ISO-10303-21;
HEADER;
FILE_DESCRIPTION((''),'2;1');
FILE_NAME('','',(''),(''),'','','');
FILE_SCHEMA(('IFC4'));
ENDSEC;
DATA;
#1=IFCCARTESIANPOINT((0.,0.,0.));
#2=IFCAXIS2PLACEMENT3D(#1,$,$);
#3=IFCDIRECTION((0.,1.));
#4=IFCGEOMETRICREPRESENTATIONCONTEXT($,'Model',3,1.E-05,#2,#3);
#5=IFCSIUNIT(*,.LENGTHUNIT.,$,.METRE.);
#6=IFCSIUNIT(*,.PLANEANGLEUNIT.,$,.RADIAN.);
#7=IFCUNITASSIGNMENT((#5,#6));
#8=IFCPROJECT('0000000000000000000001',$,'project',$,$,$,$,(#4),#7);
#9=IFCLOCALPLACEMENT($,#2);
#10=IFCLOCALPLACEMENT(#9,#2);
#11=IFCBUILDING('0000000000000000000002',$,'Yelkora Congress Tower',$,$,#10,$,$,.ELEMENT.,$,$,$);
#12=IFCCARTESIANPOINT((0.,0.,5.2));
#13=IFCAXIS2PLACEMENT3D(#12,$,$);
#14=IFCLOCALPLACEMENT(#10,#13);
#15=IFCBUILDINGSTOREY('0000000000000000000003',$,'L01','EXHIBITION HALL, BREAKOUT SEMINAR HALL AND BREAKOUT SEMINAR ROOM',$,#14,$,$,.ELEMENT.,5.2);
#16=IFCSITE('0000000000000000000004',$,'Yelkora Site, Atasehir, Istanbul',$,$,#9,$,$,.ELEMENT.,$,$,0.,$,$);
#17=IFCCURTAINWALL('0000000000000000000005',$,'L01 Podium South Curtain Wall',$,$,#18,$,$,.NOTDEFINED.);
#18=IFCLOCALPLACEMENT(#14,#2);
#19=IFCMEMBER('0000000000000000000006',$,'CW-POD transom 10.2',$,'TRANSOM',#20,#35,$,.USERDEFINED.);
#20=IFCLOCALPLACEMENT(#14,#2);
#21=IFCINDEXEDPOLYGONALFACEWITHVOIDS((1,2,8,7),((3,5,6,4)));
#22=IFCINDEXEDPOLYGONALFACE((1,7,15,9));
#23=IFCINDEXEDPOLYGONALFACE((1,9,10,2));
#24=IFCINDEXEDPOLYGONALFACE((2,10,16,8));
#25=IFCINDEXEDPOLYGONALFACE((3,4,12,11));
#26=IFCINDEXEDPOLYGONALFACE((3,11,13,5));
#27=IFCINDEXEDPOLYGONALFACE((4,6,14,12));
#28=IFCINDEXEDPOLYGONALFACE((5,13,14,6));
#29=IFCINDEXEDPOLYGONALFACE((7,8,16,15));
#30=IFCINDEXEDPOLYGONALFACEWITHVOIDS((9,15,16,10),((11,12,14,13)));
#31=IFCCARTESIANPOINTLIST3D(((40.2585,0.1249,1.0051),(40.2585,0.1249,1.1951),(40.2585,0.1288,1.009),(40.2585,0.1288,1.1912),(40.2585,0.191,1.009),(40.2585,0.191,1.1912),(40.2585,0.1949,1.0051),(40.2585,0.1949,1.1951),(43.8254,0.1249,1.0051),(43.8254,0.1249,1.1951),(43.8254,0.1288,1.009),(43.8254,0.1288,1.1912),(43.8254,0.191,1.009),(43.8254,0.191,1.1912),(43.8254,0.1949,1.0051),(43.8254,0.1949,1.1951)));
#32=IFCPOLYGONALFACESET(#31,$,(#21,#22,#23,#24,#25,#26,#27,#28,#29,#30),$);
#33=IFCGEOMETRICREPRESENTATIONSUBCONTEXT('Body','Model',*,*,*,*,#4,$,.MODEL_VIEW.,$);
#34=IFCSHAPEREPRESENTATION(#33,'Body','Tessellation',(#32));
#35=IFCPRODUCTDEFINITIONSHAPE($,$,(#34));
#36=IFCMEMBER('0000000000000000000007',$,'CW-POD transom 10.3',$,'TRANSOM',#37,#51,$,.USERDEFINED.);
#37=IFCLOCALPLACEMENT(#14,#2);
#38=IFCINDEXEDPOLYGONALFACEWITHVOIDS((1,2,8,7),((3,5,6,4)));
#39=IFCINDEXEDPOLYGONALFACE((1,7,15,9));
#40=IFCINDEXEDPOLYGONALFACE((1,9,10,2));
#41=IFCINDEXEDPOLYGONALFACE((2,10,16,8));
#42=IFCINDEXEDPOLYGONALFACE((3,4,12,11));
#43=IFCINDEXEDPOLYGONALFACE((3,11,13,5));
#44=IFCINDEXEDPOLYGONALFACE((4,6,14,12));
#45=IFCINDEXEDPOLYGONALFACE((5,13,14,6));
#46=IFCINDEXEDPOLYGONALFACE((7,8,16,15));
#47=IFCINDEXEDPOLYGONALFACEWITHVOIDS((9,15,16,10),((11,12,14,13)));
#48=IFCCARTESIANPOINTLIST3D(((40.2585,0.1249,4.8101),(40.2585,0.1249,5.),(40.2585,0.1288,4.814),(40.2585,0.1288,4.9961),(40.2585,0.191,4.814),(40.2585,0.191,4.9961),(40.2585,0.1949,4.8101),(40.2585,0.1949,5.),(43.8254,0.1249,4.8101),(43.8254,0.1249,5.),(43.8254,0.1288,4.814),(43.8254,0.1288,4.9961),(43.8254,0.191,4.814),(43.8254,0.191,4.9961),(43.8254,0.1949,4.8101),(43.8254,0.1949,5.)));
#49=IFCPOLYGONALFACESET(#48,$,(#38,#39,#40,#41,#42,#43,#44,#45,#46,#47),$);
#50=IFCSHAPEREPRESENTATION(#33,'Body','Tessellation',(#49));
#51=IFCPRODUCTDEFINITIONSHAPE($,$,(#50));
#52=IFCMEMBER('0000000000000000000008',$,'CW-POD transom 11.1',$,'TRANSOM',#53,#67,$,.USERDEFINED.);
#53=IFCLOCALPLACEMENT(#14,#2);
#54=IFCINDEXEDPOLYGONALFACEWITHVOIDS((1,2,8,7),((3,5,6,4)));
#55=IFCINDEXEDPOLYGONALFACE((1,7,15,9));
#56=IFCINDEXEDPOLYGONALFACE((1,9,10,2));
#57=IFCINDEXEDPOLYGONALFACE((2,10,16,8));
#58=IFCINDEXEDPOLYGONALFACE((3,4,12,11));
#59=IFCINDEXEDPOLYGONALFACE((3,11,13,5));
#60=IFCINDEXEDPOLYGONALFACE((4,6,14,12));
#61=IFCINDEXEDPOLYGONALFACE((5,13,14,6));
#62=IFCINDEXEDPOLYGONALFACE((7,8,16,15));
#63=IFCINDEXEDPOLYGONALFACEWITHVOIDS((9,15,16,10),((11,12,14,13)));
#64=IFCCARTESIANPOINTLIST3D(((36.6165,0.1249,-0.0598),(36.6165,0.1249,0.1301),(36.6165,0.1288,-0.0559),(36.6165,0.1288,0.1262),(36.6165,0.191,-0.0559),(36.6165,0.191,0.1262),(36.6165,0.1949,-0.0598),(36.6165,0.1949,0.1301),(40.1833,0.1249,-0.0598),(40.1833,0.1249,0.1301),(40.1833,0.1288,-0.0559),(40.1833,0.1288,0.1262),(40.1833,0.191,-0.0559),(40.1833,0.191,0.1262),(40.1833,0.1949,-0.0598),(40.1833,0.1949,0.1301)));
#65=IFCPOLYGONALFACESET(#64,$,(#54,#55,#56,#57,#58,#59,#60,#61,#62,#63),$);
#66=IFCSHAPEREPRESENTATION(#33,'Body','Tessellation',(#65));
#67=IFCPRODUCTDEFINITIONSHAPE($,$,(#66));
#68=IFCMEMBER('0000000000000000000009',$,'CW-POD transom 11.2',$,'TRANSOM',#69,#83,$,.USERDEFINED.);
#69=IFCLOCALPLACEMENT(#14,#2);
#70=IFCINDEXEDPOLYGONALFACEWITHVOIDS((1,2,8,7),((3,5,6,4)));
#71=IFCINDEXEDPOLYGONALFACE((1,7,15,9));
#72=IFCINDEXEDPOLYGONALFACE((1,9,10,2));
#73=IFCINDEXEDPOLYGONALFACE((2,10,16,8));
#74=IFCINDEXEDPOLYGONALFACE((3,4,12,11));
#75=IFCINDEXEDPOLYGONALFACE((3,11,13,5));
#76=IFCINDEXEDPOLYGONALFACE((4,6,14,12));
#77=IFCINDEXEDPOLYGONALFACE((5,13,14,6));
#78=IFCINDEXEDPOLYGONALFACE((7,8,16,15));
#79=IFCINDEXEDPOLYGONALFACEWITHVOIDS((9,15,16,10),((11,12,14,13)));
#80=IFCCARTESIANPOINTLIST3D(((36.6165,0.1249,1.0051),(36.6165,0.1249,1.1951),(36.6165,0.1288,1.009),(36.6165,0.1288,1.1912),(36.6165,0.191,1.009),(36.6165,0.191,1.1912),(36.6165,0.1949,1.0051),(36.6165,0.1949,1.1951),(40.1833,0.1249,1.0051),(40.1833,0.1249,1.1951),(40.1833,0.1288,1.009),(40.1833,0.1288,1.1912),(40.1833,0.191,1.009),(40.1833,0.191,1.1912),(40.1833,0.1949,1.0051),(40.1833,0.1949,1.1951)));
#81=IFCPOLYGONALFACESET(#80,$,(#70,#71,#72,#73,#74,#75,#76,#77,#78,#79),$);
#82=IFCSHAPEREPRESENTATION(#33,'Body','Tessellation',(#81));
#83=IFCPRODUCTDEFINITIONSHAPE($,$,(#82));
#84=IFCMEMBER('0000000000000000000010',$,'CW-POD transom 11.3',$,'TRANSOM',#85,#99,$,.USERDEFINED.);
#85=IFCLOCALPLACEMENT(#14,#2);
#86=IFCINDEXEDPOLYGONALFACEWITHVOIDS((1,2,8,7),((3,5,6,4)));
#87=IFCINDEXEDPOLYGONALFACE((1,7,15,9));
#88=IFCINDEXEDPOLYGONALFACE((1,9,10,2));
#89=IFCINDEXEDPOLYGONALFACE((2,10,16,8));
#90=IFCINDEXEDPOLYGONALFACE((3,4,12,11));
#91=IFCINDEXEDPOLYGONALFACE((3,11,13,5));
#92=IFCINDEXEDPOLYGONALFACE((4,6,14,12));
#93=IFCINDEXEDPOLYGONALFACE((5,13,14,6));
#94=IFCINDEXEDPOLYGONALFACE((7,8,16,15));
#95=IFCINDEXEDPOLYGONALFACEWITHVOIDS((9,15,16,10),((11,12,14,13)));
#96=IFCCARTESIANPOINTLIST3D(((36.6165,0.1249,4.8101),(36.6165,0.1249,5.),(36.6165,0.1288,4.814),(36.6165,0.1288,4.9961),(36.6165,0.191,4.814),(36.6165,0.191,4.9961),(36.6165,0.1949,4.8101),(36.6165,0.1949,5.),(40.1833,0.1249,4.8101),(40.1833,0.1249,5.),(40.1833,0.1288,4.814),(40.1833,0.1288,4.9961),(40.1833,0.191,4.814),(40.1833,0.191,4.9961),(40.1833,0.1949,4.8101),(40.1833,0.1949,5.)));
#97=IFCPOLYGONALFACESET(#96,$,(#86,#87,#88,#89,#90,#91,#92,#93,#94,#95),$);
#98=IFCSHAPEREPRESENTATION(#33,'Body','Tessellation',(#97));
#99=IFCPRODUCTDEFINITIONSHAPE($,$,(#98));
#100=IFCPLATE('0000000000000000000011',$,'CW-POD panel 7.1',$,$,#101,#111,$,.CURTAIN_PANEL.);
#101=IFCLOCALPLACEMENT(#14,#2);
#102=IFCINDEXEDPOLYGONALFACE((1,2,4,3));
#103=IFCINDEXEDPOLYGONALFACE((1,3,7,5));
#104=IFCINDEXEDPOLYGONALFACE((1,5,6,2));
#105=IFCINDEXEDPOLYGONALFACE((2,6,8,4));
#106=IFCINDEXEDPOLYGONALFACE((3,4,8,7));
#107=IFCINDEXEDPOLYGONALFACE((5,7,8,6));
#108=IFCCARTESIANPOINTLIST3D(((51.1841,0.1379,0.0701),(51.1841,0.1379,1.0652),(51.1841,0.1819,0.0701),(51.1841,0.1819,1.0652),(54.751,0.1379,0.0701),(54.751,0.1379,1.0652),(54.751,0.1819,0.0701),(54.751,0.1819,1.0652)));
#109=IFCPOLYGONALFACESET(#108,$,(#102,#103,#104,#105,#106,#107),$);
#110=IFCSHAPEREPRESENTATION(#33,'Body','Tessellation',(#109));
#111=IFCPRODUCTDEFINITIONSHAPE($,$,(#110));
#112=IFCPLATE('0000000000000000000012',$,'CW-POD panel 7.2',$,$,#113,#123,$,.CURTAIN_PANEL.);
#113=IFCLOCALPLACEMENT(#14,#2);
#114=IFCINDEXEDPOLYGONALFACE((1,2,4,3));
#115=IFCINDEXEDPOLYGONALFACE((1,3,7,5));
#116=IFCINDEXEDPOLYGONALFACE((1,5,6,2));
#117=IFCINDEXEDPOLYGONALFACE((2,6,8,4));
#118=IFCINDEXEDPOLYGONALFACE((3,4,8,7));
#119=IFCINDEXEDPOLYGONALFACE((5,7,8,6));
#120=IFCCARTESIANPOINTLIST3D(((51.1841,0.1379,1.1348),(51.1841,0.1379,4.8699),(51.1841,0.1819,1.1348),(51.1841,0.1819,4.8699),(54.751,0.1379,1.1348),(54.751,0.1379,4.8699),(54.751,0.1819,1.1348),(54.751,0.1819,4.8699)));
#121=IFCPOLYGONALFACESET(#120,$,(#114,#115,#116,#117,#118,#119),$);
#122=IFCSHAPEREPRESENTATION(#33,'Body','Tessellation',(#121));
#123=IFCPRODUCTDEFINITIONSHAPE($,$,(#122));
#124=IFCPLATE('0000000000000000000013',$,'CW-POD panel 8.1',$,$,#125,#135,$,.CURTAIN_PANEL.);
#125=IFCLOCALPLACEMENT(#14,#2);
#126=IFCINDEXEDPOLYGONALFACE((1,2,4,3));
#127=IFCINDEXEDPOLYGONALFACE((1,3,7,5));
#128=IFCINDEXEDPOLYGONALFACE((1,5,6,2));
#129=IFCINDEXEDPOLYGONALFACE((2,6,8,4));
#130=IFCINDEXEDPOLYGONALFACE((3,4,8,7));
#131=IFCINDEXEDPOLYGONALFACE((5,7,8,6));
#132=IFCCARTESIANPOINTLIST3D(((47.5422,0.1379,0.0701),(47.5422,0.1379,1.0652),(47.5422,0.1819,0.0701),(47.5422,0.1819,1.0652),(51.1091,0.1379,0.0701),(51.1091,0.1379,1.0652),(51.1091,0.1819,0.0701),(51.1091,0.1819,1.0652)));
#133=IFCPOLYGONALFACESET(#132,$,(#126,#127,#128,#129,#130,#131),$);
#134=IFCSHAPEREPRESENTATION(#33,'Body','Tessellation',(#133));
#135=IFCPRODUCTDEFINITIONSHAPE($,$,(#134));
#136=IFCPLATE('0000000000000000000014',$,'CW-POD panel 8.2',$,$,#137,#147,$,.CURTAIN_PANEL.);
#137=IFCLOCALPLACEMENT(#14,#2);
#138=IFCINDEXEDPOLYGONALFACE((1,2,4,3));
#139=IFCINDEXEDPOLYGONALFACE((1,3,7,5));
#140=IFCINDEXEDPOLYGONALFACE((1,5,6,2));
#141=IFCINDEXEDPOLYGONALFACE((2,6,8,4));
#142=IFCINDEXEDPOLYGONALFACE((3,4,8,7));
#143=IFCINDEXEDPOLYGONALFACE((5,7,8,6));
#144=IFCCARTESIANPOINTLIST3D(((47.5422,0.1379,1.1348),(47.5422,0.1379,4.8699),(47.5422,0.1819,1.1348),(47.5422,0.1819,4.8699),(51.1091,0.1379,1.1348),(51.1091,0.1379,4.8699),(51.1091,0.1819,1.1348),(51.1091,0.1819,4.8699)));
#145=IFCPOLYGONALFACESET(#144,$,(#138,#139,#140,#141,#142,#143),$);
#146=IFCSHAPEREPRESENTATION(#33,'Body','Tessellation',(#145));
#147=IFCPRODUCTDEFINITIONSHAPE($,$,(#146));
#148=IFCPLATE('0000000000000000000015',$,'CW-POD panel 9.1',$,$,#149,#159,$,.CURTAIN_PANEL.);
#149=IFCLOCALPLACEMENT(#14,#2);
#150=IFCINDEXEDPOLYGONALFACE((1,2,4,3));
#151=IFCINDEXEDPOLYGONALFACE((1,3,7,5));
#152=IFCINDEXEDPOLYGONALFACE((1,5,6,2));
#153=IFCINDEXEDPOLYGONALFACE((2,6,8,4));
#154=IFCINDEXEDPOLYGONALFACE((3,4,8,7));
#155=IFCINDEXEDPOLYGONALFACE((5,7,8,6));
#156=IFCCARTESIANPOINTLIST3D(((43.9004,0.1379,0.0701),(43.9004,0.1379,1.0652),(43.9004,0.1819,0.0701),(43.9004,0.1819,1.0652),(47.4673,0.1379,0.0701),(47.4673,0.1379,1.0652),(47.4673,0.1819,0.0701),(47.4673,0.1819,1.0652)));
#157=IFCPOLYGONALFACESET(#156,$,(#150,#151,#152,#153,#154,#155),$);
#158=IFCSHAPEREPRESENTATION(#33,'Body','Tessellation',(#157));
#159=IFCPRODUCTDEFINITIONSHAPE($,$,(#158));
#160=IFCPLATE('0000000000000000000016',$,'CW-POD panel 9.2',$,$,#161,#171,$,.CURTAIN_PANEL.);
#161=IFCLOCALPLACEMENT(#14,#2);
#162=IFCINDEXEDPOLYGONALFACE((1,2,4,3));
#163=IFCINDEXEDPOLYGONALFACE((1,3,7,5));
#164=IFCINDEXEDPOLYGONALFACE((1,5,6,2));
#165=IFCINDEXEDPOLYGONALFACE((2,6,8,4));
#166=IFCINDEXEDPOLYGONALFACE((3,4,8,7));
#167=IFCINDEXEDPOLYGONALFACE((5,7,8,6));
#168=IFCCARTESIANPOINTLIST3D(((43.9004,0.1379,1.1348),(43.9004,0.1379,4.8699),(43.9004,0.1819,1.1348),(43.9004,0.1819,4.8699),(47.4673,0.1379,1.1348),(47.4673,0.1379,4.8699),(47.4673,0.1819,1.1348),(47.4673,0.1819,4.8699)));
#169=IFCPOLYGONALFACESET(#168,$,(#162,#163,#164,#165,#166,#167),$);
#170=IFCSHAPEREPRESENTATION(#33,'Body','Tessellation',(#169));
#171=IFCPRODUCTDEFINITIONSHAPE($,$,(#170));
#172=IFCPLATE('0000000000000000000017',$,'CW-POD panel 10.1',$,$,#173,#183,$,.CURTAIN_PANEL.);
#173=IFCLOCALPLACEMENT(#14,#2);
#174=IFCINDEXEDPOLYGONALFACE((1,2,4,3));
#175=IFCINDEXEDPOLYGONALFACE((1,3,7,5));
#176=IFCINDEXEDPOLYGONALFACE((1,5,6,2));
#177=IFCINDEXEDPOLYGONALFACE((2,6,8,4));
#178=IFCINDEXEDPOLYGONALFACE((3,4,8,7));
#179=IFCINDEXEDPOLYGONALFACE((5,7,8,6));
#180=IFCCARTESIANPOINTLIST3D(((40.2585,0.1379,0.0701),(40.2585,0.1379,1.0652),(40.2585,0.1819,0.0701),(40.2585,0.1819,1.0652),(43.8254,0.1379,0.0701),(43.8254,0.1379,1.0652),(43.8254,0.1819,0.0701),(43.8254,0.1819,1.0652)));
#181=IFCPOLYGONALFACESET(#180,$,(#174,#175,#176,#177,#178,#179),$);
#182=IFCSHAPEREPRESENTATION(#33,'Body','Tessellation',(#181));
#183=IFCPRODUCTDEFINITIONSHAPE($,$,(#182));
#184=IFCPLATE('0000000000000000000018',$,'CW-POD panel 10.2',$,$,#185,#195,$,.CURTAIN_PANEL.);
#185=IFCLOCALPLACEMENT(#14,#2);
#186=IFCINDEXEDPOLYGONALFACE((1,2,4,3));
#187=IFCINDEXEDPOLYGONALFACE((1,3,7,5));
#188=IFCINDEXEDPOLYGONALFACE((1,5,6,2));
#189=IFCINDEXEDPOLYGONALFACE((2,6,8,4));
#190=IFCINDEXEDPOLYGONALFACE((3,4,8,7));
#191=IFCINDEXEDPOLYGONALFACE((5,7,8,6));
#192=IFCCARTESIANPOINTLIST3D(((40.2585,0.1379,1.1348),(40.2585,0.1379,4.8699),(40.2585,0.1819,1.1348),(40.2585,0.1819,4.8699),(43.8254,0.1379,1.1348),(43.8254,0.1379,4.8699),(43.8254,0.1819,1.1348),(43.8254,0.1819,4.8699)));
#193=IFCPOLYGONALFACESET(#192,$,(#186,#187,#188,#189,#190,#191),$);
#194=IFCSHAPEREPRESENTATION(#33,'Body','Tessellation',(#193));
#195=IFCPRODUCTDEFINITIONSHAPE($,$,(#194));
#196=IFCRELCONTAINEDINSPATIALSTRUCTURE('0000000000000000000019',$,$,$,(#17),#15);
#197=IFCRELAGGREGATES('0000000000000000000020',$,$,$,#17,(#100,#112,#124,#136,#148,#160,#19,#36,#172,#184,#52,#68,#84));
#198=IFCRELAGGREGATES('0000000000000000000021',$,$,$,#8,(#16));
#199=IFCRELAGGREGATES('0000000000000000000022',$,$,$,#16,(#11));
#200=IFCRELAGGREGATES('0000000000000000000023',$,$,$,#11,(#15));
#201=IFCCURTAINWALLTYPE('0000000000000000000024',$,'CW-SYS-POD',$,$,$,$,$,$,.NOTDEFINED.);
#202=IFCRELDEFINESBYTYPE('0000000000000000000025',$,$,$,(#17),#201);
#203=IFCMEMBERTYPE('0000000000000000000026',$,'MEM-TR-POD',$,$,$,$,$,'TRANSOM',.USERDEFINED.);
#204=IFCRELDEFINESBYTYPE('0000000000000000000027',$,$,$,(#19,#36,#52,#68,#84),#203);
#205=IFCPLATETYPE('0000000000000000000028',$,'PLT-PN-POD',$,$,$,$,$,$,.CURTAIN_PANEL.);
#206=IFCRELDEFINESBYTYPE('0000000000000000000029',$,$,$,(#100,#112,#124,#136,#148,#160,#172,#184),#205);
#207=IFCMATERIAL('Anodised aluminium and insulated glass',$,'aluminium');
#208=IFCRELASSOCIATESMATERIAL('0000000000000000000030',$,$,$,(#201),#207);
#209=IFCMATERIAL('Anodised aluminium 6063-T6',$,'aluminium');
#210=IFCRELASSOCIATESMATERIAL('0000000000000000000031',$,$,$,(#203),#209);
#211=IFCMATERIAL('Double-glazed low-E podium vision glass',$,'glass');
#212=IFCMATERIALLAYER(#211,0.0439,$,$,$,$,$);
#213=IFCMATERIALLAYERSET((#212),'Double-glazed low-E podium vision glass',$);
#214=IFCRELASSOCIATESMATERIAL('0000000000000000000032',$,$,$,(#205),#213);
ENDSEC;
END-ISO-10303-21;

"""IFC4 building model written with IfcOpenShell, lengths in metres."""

from ifc_helpers import new_model, si_unit, direction, frame, origin, origin_2d, place, context, subcontext, project, spatial, rectangle, hollow_rectangle, extrude, material, layer, layer_set, material_profile, profile_set, type_object, element, aggregate, save


model = new_model("IFC4")

# Units and contexts
model_context = context("Model", 3, precision=1e-05, world=origin(), true_north=direction((0.0, 1.0)))
body_context = subcontext(model_context, "Body", "Model", "MODEL_VIEW")
ifc_project = project(units=[si_unit("LENGTHUNIT", "METRE"), si_unit("PLANEANGLEUNIT", "RADIAN")], contexts=[model_context])

# Site, building, storey
site_placement = place(None, origin())
site = spatial("IfcSite", under=ifc_project, at=site_placement, Name="Yelkora Site, Atasehir, Istanbul", CompositionType="ELEMENT", RefElevation=0.0)
building_placement = place(site_placement, origin())
building = spatial("IfcBuilding", under=site, at=building_placement, Name="Yelkora Congress Tower", CompositionType="ELEMENT")
storey_placement = place(building_placement, frame((0.0, 0.0, 5.2)))
storey = spatial("IfcBuildingStorey", under=building, at=storey_placement, Name="L01", Description="EXHIBITION HALL, BREAKOUT SEMINAR HALL AND BREAKOUT SEMINAR ROOM", CompositionType="ELEMENT", Elevation=5.2)

# Curtain wall, members, plates
ifc_material_1 = material(Name="Anodised aluminium and insulated glass", Category="aluminium")
curtain_wall_type = type_object("IfcCurtainWallType", Name="CW-SYS-POD", PredefinedType="NOTDEFINED", material=ifc_material_1)
curtain_wall_placement = place(storey_placement, origin())
curtain_wall = element("IfcCurtainWall", 1, at=curtain_wall_placement, inside=storey, type_object=curtain_wall_type, Name="L01 Podium South Curtain Wall", PredefinedType="NOTDEFINED")
ifc_material_2 = material(Name="Anodised aluminium 6063-T6", Category="aluminium")
ifc_material_profile_1 = material_profile(ifc_material_2, hollow_rectangle(XDim=0.0701, YDim=0.1899, WallThickness=0.0039, at=origin_2d()), Name="ALU 70x190x4")
ifc_profile_set_1 = profile_set([ifc_material_profile_1], Name="Anodised aluminium 6063-T6")
member_type_1 = type_object("IfcMemberType", Name="MEM-TR-POD", ElementType="TRANSOM", PredefinedType="USERDEFINED", material=ifc_profile_set_1)
member_1_placement = place(storey_placement, frame((43.8254, 0.1599, 1.1001), z_axis=(-1.0, 0.0, 0.0), x_axis=(0.0, -1.0, 0.0)))
member_1 = element("IfcMember", 2, at=member_1_placement, type_object=member_type_1, Name="CW-POD transom 10.2", ObjectType="TRANSOM", PredefinedType="USERDEFINED", context=body_context, shape_type="SweptSolid", body=[
    extrude(hollow_rectangle(XDim=0.0701, YDim=0.1899, WallThickness=0.0039, at=origin_2d()), origin(), (0.0, 0.0, 1.0), 3.5669),
])
member_2_placement = place(storey_placement, frame((43.8254, 0.1599, 4.905), z_axis=(-1.0, 0.0, 0.0), x_axis=(0.0, -1.0, 0.0)))
member_2 = element("IfcMember", 3, at=member_2_placement, type_object=member_type_1, Name="CW-POD transom 10.3", ObjectType="TRANSOM", PredefinedType="USERDEFINED", context=body_context, shape_type="SweptSolid", body=[
    extrude(hollow_rectangle(XDim=0.0701, YDim=0.1899, WallThickness=0.0039, at=origin_2d()), origin(), (0.0, 0.0, 1.0), 3.5669),
])
member_3_placement = place(storey_placement, frame((40.1833, 0.1599, 0.0352), z_axis=(-1.0, 0.0, 0.0), x_axis=(0.0, -1.0, 0.0)))
member_3 = element("IfcMember", 4, at=member_3_placement, type_object=member_type_1, Name="CW-POD transom 11.1", ObjectType="TRANSOM", PredefinedType="USERDEFINED", context=body_context, shape_type="SweptSolid", body=[
    extrude(hollow_rectangle(XDim=0.0701, YDim=0.1899, WallThickness=0.0039, at=origin_2d()), origin(), (0.0, 0.0, 1.0), 3.5669),
])
member_4_placement = place(storey_placement, frame((40.1833, 0.1599, 1.1001), z_axis=(-1.0, 0.0, 0.0), x_axis=(0.0, -1.0, 0.0)))
member_4 = element("IfcMember", 5, at=member_4_placement, type_object=member_type_1, Name="CW-POD transom 11.2", ObjectType="TRANSOM", PredefinedType="USERDEFINED", context=body_context, shape_type="SweptSolid", body=[
    extrude(hollow_rectangle(XDim=0.0701, YDim=0.1899, WallThickness=0.0039, at=origin_2d()), origin(), (0.0, 0.0, 1.0), 3.5669),
])
member_5_placement = place(storey_placement, frame((40.1833, 0.1599, 4.905), z_axis=(-1.0, 0.0, 0.0), x_axis=(0.0, -1.0, 0.0)))
member_5 = element("IfcMember", 6, at=member_5_placement, type_object=member_type_1, Name="CW-POD transom 11.3", ObjectType="TRANSOM", PredefinedType="USERDEFINED", context=body_context, shape_type="SweptSolid", body=[
    extrude(hollow_rectangle(XDim=0.0701, YDim=0.1899, WallThickness=0.0039, at=origin_2d()), origin(), (0.0, 0.0, 1.0), 3.5669),
])
ifc_material_3 = material(Name="Double-glazed low-E podium vision glass", Category="glass")
ifc_layer = layer(ifc_material_3, 0.0439)
ifc_layer_set = layer_set([ifc_layer], Name="Double-glazed low-E podium vision glass")
plate_type = type_object("IfcPlateType", Name="PLT-PN-POD", PredefinedType="CURTAIN_PANEL", material=ifc_layer_set)
plate_1_placement = place(storey_placement, frame((52.9675, 0.1599, 0.0701), z_axis=(0.0, 0.0, 1.0), x_axis=(-1.0, 0.0, 0.0)))
plate_1 = element("IfcPlate", 7, at=plate_1_placement, type_object=plate_type, Name="CW-POD panel 7.1", PredefinedType="CURTAIN_PANEL", context=body_context, shape_type="SweptSolid", body=[
    extrude(rectangle(XDim=3.5669, YDim=0.0439, at=origin_2d()), origin(), (0.0, 0.0, 1.0), 0.9951),
])
plate_2_placement = place(storey_placement, frame((52.9675, 0.1599, 1.1348), z_axis=(0.0, 0.0, 1.0), x_axis=(-1.0, 0.0, 0.0)))
plate_2 = element("IfcPlate", 8, at=plate_2_placement, type_object=plate_type, Name="CW-POD panel 7.2", PredefinedType="CURTAIN_PANEL", context=body_context, shape_type="SweptSolid", body=[
    extrude(rectangle(XDim=3.5669, YDim=0.0439, at=origin_2d()), origin(), (0.0, 0.0, 1.0), 3.7351),
])
plate_3_placement = place(storey_placement, frame((49.3257, 0.1599, 0.0701), z_axis=(0.0, 0.0, 1.0), x_axis=(-1.0, 0.0, 0.0)))
plate_3 = element("IfcPlate", 9, at=plate_3_placement, type_object=plate_type, Name="CW-POD panel 8.1", PredefinedType="CURTAIN_PANEL", context=body_context, shape_type="SweptSolid", body=[
    extrude(rectangle(XDim=3.5669, YDim=0.0439, at=origin_2d()), origin(), (0.0, 0.0, 1.0), 0.9951),
])
plate_4_placement = place(storey_placement, frame((49.3257, 0.1599, 1.1348), z_axis=(0.0, 0.0, 1.0), x_axis=(-1.0, 0.0, 0.0)))
plate_4 = element("IfcPlate", 10, at=plate_4_placement, type_object=plate_type, Name="CW-POD panel 8.2", PredefinedType="CURTAIN_PANEL", context=body_context, shape_type="SweptSolid", body=[
    extrude(rectangle(XDim=3.5669, YDim=0.0439, at=origin_2d()), origin(), (0.0, 0.0, 1.0), 3.7351),
])
plate_5_placement = place(storey_placement, frame((45.6838, 0.1599, 0.0701), z_axis=(0.0, 0.0, 1.0), x_axis=(-1.0, 0.0, 0.0)))
plate_5 = element("IfcPlate", 11, at=plate_5_placement, type_object=plate_type, Name="CW-POD panel 9.1", PredefinedType="CURTAIN_PANEL", context=body_context, shape_type="SweptSolid", body=[
    extrude(rectangle(XDim=3.5669, YDim=0.0439, at=origin_2d()), origin(), (0.0, 0.0, 1.0), 0.9951),
])
plate_6_placement = place(storey_placement, frame((45.6838, 0.1599, 1.1348), z_axis=(0.0, 0.0, 1.0), x_axis=(-1.0, 0.0, 0.0)))
plate_6 = element("IfcPlate", 12, at=plate_6_placement, type_object=plate_type, Name="CW-POD panel 9.2", PredefinedType="CURTAIN_PANEL", context=body_context, shape_type="SweptSolid", body=[
    extrude(rectangle(XDim=3.5669, YDim=0.0439, at=origin_2d()), origin(), (0.0, 0.0, 1.0), 3.7351),
])
plate_7_placement = place(storey_placement, frame((42.042, 0.1599, 0.0701), z_axis=(0.0, 0.0, 1.0), x_axis=(-1.0, 0.0, 0.0)))
plate_7 = element("IfcPlate", 13, at=plate_7_placement, type_object=plate_type, Name="CW-POD panel 10.1", PredefinedType="CURTAIN_PANEL", context=body_context, shape_type="SweptSolid", body=[
    extrude(rectangle(XDim=3.5669, YDim=0.0439, at=origin_2d()), origin(), (0.0, 0.0, 1.0), 0.9951),
])
plate_8_placement = place(storey_placement, frame((42.042, 0.1599, 1.1348), z_axis=(0.0, 0.0, 1.0), x_axis=(-1.0, 0.0, 0.0)))
plate_8 = element("IfcPlate", 14, at=plate_8_placement, type_object=plate_type, Name="CW-POD panel 10.2", PredefinedType="CURTAIN_PANEL", context=body_context, shape_type="SweptSolid", body=[
    extrude(rectangle(XDim=3.5669, YDim=0.0439, at=origin_2d()), origin(), (0.0, 0.0, 1.0), 3.7351),
])
aggregate(curtain_wall, [plate_1, plate_2, plate_3, plate_4, plate_5, plate_6, member_1, member_2, plate_7, plate_8, member_3, member_4, member_5])

save(model, "model.ifc")
